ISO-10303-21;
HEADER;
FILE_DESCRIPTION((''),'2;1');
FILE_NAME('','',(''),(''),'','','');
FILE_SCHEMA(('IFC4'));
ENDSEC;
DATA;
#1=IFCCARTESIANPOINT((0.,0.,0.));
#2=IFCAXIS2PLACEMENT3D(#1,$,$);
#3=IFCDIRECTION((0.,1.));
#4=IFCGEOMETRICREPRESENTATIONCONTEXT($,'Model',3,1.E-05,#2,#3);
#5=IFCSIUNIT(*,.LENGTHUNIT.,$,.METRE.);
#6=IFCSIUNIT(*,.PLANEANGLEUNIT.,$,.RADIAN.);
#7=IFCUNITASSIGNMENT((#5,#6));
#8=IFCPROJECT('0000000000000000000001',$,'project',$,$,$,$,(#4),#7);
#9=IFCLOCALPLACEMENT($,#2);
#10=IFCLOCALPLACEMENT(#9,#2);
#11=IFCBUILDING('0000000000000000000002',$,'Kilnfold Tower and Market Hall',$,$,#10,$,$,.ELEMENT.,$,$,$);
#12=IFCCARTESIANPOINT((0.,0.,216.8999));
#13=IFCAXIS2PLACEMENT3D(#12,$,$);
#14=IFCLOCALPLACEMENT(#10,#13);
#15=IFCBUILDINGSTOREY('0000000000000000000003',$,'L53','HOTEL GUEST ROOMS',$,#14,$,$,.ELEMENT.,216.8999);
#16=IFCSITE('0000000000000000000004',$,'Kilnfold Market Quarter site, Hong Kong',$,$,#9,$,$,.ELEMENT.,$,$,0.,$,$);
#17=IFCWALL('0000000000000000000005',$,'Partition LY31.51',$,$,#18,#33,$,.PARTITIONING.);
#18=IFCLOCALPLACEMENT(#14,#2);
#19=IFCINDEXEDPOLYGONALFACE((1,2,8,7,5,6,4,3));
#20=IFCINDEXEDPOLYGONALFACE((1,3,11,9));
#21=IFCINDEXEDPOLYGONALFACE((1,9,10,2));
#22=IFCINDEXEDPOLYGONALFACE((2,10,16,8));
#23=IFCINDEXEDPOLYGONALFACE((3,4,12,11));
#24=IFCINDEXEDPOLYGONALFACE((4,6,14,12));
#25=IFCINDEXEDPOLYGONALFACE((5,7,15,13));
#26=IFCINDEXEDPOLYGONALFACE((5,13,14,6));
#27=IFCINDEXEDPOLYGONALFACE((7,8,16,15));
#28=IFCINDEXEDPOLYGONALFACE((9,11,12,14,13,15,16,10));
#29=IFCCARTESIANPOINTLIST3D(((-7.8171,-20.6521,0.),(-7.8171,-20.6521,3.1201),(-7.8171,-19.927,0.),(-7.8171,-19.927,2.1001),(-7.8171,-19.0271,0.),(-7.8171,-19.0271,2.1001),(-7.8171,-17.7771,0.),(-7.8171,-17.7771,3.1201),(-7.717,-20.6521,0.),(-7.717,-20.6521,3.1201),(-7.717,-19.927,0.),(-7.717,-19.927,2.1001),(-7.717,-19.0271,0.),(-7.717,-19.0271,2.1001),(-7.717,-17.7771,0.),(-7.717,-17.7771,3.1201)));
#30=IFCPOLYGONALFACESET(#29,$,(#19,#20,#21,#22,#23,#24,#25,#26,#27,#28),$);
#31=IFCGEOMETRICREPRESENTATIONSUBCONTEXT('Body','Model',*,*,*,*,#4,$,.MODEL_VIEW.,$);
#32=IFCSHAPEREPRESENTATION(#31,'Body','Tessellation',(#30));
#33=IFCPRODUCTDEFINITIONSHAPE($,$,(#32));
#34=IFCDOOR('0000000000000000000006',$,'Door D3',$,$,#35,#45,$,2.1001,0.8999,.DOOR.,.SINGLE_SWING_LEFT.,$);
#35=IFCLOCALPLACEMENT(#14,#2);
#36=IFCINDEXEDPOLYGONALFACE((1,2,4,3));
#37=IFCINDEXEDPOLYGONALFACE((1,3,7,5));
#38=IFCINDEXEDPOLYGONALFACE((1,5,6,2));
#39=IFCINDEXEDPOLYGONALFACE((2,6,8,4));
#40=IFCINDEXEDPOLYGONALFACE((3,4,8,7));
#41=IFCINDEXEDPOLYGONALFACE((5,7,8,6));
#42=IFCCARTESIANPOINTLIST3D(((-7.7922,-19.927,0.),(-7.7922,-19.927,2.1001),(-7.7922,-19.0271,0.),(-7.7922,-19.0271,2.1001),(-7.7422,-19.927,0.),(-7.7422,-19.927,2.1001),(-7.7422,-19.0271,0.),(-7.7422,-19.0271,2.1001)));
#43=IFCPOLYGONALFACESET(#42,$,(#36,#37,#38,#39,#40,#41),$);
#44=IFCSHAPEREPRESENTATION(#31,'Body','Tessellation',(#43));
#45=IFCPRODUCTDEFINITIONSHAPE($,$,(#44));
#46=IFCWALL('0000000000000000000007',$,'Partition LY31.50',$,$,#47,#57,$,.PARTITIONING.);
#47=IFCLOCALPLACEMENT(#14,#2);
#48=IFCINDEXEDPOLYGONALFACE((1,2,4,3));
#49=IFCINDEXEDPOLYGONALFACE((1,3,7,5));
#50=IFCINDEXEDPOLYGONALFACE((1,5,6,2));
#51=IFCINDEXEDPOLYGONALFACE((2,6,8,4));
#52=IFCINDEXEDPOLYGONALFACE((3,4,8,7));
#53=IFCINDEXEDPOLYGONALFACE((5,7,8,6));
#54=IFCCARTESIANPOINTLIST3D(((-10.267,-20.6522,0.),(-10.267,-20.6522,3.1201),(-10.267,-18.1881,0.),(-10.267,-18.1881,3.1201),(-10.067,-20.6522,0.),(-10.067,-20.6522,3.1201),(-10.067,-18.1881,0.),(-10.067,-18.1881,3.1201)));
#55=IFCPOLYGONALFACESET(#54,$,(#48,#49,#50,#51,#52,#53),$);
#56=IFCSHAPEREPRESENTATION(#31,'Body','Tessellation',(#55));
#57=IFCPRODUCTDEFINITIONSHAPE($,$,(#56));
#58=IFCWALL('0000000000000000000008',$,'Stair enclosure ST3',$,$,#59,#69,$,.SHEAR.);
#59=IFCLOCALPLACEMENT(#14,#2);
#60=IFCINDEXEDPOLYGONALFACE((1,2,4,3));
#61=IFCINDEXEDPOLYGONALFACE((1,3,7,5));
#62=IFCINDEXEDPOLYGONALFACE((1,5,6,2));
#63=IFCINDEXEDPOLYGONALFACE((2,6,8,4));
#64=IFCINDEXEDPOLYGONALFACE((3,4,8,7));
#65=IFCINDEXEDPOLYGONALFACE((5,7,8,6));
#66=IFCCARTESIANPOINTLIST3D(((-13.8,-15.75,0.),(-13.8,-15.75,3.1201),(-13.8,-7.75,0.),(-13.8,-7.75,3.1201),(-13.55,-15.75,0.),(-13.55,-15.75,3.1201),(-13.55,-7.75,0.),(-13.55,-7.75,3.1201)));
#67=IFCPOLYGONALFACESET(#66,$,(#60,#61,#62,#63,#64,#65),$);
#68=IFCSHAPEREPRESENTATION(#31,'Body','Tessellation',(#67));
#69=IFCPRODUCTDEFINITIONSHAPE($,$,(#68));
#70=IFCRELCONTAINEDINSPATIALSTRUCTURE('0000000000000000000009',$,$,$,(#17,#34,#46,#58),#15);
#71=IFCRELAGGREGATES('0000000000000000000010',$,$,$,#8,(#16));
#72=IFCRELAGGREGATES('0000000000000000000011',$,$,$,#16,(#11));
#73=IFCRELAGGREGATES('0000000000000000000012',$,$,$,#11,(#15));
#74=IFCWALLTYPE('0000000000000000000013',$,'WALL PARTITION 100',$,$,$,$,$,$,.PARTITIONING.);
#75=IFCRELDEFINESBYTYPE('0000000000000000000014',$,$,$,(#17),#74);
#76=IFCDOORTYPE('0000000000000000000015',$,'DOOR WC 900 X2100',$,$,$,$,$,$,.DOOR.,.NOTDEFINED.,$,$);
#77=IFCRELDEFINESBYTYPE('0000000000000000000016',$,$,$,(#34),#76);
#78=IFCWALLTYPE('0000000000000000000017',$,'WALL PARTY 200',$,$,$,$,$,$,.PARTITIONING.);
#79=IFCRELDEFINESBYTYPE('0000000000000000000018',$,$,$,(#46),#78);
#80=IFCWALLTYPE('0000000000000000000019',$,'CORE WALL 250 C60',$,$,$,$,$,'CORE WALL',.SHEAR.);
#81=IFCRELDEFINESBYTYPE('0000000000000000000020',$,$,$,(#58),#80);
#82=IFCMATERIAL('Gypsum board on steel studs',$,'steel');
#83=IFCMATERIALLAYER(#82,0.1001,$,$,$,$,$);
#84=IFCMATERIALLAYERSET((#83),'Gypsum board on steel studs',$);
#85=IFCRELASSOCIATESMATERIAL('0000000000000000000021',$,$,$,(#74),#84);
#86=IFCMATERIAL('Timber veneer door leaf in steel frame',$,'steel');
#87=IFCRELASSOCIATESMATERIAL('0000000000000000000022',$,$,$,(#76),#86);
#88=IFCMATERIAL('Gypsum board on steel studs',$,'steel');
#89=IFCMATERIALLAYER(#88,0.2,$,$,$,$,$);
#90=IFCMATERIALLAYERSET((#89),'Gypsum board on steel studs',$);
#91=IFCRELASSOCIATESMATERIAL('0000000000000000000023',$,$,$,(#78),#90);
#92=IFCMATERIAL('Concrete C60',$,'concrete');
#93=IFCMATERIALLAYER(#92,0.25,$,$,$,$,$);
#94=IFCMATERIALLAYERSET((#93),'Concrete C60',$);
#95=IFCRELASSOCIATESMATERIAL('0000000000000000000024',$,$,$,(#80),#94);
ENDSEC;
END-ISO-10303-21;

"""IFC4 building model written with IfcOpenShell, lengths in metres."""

from ifc_helpers import new_model, si_unit, direction, frame, frame_2d, origin, place, context, subcontext, project, spatial, rectangle, extrude, source, transform, mapped, material, layer, layer_set, type_object, element, fill, save


model = new_model("IFC4")

# Units and contexts
model_context = context("Model", 3, precision=1e-05, world=origin(), true_north=direction((0.0, 1.0)))
body_context = subcontext(model_context, "Body", "Model", "MODEL_VIEW")
ifc_project = project(units=[si_unit("LENGTHUNIT", "METRE"), si_unit("PLANEANGLEUNIT", "RADIAN")], contexts=[model_context])

# Site, building, storey
site_placement = place(None, origin())
site = spatial("IfcSite", under=ifc_project, at=site_placement, Name="Kilnfold Market Quarter site, Hong Kong", CompositionType="ELEMENT", RefElevation=0.0)
building_placement = place(site_placement, origin())
building = spatial("IfcBuilding", under=site, at=building_placement, Name="Kilnfold Tower and Market Hall", CompositionType="ELEMENT")
storey_placement = place(building_placement, frame((0.0, 0.0, 216.8999)))
storey = spatial("IfcBuildingStorey", under=building, at=storey_placement, Name="L53", Description="HOTEL GUEST ROOMS", CompositionType="ELEMENT", Elevation=216.8999)

# Wall, opening, door
ifc_material_1 = material(Name="Gypsum board on steel studs", Category="steel")
ifc_layer_1 = layer(ifc_material_1, 0.1001)
ifc_layer_set_1 = layer_set([ifc_layer_1], Name="Gypsum board on steel studs")
wall_type_1 = type_object("IfcWallType", Name="WALL PARTITION 100", PredefinedType="PARTITIONING", material=ifc_layer_set_1)
wall_1_placement = place(storey_placement, frame((-7.7671, -17.7771, 0.0), z_axis=(0.0, 0.0, 1.0), x_axis=(0.0, -1.0, 0.0)))
wall_1 = element("IfcWall", 1, at=wall_1_placement, inside=storey, type_object=wall_type_1, Name="Partition LY31.51", PredefinedType="PARTITIONING", context=body_context, shape_type="SweptSolid", body=[
    extrude(rectangle(XDim=2.875, YDim=0.1001, at=frame_2d((1.4375, 0.0))), origin(), (0.0, 0.0, 1.0), 3.1201),
])
opening_1_placement = place(wall_1_placement, frame((1.25, 0.0, 0.0)))
opening_1 = element("IfcOpeningElement", 2, at=opening_1_placement, cuts=wall_1, PredefinedType="OPENING", context=body_context, shape_type="SweptSolid", body=[
    extrude(rectangle(XDim=0.8999, YDim=2.1001, at=frame_2d((0.45, 1.05))), frame((0.0, 0.0601, 0.0), z_axis=(0.0, -1.0, 0.0), x_axis=(1.0, 0.0, 0.0)), (0.0, 0.0, 1.0), 0.1201),
])
ifc_material_2 = material(Name="Timber veneer door leaf in steel frame", Category="steel")
door_type_1 = type_object("IfcDoorType", Name="DOOR WC 900 X2100", OperationType="NOTDEFINED", PredefinedType="DOOR", material=ifc_material_2)
door_1_placement = place(opening_1_placement, origin())
door_1 = element("IfcDoor", 3, at=door_1_placement, inside=storey, type_object=door_type_1, Name="Door D3", OperationType="SINGLE_SWING_LEFT", OverallHeight=2.1001, OverallWidth=0.8999, PredefinedType="DOOR", context=body_context, shape_type="SweptSolid", body=[
    extrude(rectangle(XDim=0.8999, YDim=2.1001, at=frame_2d((0.45, 1.05))), frame((0.0, 0.0249, 0.0), z_axis=(0.0, -1.0, 0.0), x_axis=(1.0, 0.0, 0.0)), (0.0, 0.0, 1.0), 0.05),
])
fill(opening_1, door_1)

# Walls
ifc_material_3 = material(Name="Gypsum board on steel studs", Category="steel")
ifc_layer_2 = layer(ifc_material_3, 0.2)
ifc_layer_set_2 = layer_set([ifc_layer_2], Name="Gypsum board on steel studs")
wall_type_2 = type_object("IfcWallType", Name="WALL PARTY 200", PredefinedType="PARTITIONING", material=ifc_layer_set_2)
wall_2_placement = place(storey_placement, frame((-10.167, -20.6521, 0.0), z_axis=(0.0, 0.0, 1.0), x_axis=(0.0, 1.0, 0.0)))
element("IfcWall", 4, at=wall_2_placement, inside=storey, type_object=wall_type_2, Name="Partition LY31.50", PredefinedType="PARTITIONING", context=body_context, shape_type="SweptSolid", body=[
    extrude(rectangle(XDim=2.4641, YDim=0.2, at=frame_2d((1.2319, 0.0))), origin(), (0.0, 0.0, 1.0), 3.1201),
])
ifc_material_4 = material(Name="Concrete C60", Category="concrete")
ifc_layer_3 = layer(ifc_material_4, 0.25)
ifc_layer_set_3 = layer_set([ifc_layer_3], Name="Concrete C60")
wall_type_3 = type_object("IfcWallType", Name="CORE WALL 250 C60", ElementType="CORE WALL", PredefinedType="SHEAR", material=ifc_layer_set_3)
shared_shape_1 = source(origin(), body_context, "Body", "SweptSolid", [
    extrude(rectangle(XDim=8.0, YDim=0.25, at=frame_2d((4.0, 0.0))), origin(), (0.0, 0.0, 1.0), 3.1201),
])
wall_3_placement = place(storey_placement, frame((-13.675, -15.75, 0.0), z_axis=(0.0, 0.0, 1.0), x_axis=(0.0, 1.0, 0.0)))
element("IfcWall", 5, at=wall_3_placement, inside=storey, type_object=wall_type_3, Name="Stair enclosure ST3", PredefinedType="SHEAR", context=body_context, shape_type="MappedRepresentation", body=[
    mapped(shared_shape_1, transform((0.0, 0.0, 0.0))),
])

save(model, "model.ifc")
